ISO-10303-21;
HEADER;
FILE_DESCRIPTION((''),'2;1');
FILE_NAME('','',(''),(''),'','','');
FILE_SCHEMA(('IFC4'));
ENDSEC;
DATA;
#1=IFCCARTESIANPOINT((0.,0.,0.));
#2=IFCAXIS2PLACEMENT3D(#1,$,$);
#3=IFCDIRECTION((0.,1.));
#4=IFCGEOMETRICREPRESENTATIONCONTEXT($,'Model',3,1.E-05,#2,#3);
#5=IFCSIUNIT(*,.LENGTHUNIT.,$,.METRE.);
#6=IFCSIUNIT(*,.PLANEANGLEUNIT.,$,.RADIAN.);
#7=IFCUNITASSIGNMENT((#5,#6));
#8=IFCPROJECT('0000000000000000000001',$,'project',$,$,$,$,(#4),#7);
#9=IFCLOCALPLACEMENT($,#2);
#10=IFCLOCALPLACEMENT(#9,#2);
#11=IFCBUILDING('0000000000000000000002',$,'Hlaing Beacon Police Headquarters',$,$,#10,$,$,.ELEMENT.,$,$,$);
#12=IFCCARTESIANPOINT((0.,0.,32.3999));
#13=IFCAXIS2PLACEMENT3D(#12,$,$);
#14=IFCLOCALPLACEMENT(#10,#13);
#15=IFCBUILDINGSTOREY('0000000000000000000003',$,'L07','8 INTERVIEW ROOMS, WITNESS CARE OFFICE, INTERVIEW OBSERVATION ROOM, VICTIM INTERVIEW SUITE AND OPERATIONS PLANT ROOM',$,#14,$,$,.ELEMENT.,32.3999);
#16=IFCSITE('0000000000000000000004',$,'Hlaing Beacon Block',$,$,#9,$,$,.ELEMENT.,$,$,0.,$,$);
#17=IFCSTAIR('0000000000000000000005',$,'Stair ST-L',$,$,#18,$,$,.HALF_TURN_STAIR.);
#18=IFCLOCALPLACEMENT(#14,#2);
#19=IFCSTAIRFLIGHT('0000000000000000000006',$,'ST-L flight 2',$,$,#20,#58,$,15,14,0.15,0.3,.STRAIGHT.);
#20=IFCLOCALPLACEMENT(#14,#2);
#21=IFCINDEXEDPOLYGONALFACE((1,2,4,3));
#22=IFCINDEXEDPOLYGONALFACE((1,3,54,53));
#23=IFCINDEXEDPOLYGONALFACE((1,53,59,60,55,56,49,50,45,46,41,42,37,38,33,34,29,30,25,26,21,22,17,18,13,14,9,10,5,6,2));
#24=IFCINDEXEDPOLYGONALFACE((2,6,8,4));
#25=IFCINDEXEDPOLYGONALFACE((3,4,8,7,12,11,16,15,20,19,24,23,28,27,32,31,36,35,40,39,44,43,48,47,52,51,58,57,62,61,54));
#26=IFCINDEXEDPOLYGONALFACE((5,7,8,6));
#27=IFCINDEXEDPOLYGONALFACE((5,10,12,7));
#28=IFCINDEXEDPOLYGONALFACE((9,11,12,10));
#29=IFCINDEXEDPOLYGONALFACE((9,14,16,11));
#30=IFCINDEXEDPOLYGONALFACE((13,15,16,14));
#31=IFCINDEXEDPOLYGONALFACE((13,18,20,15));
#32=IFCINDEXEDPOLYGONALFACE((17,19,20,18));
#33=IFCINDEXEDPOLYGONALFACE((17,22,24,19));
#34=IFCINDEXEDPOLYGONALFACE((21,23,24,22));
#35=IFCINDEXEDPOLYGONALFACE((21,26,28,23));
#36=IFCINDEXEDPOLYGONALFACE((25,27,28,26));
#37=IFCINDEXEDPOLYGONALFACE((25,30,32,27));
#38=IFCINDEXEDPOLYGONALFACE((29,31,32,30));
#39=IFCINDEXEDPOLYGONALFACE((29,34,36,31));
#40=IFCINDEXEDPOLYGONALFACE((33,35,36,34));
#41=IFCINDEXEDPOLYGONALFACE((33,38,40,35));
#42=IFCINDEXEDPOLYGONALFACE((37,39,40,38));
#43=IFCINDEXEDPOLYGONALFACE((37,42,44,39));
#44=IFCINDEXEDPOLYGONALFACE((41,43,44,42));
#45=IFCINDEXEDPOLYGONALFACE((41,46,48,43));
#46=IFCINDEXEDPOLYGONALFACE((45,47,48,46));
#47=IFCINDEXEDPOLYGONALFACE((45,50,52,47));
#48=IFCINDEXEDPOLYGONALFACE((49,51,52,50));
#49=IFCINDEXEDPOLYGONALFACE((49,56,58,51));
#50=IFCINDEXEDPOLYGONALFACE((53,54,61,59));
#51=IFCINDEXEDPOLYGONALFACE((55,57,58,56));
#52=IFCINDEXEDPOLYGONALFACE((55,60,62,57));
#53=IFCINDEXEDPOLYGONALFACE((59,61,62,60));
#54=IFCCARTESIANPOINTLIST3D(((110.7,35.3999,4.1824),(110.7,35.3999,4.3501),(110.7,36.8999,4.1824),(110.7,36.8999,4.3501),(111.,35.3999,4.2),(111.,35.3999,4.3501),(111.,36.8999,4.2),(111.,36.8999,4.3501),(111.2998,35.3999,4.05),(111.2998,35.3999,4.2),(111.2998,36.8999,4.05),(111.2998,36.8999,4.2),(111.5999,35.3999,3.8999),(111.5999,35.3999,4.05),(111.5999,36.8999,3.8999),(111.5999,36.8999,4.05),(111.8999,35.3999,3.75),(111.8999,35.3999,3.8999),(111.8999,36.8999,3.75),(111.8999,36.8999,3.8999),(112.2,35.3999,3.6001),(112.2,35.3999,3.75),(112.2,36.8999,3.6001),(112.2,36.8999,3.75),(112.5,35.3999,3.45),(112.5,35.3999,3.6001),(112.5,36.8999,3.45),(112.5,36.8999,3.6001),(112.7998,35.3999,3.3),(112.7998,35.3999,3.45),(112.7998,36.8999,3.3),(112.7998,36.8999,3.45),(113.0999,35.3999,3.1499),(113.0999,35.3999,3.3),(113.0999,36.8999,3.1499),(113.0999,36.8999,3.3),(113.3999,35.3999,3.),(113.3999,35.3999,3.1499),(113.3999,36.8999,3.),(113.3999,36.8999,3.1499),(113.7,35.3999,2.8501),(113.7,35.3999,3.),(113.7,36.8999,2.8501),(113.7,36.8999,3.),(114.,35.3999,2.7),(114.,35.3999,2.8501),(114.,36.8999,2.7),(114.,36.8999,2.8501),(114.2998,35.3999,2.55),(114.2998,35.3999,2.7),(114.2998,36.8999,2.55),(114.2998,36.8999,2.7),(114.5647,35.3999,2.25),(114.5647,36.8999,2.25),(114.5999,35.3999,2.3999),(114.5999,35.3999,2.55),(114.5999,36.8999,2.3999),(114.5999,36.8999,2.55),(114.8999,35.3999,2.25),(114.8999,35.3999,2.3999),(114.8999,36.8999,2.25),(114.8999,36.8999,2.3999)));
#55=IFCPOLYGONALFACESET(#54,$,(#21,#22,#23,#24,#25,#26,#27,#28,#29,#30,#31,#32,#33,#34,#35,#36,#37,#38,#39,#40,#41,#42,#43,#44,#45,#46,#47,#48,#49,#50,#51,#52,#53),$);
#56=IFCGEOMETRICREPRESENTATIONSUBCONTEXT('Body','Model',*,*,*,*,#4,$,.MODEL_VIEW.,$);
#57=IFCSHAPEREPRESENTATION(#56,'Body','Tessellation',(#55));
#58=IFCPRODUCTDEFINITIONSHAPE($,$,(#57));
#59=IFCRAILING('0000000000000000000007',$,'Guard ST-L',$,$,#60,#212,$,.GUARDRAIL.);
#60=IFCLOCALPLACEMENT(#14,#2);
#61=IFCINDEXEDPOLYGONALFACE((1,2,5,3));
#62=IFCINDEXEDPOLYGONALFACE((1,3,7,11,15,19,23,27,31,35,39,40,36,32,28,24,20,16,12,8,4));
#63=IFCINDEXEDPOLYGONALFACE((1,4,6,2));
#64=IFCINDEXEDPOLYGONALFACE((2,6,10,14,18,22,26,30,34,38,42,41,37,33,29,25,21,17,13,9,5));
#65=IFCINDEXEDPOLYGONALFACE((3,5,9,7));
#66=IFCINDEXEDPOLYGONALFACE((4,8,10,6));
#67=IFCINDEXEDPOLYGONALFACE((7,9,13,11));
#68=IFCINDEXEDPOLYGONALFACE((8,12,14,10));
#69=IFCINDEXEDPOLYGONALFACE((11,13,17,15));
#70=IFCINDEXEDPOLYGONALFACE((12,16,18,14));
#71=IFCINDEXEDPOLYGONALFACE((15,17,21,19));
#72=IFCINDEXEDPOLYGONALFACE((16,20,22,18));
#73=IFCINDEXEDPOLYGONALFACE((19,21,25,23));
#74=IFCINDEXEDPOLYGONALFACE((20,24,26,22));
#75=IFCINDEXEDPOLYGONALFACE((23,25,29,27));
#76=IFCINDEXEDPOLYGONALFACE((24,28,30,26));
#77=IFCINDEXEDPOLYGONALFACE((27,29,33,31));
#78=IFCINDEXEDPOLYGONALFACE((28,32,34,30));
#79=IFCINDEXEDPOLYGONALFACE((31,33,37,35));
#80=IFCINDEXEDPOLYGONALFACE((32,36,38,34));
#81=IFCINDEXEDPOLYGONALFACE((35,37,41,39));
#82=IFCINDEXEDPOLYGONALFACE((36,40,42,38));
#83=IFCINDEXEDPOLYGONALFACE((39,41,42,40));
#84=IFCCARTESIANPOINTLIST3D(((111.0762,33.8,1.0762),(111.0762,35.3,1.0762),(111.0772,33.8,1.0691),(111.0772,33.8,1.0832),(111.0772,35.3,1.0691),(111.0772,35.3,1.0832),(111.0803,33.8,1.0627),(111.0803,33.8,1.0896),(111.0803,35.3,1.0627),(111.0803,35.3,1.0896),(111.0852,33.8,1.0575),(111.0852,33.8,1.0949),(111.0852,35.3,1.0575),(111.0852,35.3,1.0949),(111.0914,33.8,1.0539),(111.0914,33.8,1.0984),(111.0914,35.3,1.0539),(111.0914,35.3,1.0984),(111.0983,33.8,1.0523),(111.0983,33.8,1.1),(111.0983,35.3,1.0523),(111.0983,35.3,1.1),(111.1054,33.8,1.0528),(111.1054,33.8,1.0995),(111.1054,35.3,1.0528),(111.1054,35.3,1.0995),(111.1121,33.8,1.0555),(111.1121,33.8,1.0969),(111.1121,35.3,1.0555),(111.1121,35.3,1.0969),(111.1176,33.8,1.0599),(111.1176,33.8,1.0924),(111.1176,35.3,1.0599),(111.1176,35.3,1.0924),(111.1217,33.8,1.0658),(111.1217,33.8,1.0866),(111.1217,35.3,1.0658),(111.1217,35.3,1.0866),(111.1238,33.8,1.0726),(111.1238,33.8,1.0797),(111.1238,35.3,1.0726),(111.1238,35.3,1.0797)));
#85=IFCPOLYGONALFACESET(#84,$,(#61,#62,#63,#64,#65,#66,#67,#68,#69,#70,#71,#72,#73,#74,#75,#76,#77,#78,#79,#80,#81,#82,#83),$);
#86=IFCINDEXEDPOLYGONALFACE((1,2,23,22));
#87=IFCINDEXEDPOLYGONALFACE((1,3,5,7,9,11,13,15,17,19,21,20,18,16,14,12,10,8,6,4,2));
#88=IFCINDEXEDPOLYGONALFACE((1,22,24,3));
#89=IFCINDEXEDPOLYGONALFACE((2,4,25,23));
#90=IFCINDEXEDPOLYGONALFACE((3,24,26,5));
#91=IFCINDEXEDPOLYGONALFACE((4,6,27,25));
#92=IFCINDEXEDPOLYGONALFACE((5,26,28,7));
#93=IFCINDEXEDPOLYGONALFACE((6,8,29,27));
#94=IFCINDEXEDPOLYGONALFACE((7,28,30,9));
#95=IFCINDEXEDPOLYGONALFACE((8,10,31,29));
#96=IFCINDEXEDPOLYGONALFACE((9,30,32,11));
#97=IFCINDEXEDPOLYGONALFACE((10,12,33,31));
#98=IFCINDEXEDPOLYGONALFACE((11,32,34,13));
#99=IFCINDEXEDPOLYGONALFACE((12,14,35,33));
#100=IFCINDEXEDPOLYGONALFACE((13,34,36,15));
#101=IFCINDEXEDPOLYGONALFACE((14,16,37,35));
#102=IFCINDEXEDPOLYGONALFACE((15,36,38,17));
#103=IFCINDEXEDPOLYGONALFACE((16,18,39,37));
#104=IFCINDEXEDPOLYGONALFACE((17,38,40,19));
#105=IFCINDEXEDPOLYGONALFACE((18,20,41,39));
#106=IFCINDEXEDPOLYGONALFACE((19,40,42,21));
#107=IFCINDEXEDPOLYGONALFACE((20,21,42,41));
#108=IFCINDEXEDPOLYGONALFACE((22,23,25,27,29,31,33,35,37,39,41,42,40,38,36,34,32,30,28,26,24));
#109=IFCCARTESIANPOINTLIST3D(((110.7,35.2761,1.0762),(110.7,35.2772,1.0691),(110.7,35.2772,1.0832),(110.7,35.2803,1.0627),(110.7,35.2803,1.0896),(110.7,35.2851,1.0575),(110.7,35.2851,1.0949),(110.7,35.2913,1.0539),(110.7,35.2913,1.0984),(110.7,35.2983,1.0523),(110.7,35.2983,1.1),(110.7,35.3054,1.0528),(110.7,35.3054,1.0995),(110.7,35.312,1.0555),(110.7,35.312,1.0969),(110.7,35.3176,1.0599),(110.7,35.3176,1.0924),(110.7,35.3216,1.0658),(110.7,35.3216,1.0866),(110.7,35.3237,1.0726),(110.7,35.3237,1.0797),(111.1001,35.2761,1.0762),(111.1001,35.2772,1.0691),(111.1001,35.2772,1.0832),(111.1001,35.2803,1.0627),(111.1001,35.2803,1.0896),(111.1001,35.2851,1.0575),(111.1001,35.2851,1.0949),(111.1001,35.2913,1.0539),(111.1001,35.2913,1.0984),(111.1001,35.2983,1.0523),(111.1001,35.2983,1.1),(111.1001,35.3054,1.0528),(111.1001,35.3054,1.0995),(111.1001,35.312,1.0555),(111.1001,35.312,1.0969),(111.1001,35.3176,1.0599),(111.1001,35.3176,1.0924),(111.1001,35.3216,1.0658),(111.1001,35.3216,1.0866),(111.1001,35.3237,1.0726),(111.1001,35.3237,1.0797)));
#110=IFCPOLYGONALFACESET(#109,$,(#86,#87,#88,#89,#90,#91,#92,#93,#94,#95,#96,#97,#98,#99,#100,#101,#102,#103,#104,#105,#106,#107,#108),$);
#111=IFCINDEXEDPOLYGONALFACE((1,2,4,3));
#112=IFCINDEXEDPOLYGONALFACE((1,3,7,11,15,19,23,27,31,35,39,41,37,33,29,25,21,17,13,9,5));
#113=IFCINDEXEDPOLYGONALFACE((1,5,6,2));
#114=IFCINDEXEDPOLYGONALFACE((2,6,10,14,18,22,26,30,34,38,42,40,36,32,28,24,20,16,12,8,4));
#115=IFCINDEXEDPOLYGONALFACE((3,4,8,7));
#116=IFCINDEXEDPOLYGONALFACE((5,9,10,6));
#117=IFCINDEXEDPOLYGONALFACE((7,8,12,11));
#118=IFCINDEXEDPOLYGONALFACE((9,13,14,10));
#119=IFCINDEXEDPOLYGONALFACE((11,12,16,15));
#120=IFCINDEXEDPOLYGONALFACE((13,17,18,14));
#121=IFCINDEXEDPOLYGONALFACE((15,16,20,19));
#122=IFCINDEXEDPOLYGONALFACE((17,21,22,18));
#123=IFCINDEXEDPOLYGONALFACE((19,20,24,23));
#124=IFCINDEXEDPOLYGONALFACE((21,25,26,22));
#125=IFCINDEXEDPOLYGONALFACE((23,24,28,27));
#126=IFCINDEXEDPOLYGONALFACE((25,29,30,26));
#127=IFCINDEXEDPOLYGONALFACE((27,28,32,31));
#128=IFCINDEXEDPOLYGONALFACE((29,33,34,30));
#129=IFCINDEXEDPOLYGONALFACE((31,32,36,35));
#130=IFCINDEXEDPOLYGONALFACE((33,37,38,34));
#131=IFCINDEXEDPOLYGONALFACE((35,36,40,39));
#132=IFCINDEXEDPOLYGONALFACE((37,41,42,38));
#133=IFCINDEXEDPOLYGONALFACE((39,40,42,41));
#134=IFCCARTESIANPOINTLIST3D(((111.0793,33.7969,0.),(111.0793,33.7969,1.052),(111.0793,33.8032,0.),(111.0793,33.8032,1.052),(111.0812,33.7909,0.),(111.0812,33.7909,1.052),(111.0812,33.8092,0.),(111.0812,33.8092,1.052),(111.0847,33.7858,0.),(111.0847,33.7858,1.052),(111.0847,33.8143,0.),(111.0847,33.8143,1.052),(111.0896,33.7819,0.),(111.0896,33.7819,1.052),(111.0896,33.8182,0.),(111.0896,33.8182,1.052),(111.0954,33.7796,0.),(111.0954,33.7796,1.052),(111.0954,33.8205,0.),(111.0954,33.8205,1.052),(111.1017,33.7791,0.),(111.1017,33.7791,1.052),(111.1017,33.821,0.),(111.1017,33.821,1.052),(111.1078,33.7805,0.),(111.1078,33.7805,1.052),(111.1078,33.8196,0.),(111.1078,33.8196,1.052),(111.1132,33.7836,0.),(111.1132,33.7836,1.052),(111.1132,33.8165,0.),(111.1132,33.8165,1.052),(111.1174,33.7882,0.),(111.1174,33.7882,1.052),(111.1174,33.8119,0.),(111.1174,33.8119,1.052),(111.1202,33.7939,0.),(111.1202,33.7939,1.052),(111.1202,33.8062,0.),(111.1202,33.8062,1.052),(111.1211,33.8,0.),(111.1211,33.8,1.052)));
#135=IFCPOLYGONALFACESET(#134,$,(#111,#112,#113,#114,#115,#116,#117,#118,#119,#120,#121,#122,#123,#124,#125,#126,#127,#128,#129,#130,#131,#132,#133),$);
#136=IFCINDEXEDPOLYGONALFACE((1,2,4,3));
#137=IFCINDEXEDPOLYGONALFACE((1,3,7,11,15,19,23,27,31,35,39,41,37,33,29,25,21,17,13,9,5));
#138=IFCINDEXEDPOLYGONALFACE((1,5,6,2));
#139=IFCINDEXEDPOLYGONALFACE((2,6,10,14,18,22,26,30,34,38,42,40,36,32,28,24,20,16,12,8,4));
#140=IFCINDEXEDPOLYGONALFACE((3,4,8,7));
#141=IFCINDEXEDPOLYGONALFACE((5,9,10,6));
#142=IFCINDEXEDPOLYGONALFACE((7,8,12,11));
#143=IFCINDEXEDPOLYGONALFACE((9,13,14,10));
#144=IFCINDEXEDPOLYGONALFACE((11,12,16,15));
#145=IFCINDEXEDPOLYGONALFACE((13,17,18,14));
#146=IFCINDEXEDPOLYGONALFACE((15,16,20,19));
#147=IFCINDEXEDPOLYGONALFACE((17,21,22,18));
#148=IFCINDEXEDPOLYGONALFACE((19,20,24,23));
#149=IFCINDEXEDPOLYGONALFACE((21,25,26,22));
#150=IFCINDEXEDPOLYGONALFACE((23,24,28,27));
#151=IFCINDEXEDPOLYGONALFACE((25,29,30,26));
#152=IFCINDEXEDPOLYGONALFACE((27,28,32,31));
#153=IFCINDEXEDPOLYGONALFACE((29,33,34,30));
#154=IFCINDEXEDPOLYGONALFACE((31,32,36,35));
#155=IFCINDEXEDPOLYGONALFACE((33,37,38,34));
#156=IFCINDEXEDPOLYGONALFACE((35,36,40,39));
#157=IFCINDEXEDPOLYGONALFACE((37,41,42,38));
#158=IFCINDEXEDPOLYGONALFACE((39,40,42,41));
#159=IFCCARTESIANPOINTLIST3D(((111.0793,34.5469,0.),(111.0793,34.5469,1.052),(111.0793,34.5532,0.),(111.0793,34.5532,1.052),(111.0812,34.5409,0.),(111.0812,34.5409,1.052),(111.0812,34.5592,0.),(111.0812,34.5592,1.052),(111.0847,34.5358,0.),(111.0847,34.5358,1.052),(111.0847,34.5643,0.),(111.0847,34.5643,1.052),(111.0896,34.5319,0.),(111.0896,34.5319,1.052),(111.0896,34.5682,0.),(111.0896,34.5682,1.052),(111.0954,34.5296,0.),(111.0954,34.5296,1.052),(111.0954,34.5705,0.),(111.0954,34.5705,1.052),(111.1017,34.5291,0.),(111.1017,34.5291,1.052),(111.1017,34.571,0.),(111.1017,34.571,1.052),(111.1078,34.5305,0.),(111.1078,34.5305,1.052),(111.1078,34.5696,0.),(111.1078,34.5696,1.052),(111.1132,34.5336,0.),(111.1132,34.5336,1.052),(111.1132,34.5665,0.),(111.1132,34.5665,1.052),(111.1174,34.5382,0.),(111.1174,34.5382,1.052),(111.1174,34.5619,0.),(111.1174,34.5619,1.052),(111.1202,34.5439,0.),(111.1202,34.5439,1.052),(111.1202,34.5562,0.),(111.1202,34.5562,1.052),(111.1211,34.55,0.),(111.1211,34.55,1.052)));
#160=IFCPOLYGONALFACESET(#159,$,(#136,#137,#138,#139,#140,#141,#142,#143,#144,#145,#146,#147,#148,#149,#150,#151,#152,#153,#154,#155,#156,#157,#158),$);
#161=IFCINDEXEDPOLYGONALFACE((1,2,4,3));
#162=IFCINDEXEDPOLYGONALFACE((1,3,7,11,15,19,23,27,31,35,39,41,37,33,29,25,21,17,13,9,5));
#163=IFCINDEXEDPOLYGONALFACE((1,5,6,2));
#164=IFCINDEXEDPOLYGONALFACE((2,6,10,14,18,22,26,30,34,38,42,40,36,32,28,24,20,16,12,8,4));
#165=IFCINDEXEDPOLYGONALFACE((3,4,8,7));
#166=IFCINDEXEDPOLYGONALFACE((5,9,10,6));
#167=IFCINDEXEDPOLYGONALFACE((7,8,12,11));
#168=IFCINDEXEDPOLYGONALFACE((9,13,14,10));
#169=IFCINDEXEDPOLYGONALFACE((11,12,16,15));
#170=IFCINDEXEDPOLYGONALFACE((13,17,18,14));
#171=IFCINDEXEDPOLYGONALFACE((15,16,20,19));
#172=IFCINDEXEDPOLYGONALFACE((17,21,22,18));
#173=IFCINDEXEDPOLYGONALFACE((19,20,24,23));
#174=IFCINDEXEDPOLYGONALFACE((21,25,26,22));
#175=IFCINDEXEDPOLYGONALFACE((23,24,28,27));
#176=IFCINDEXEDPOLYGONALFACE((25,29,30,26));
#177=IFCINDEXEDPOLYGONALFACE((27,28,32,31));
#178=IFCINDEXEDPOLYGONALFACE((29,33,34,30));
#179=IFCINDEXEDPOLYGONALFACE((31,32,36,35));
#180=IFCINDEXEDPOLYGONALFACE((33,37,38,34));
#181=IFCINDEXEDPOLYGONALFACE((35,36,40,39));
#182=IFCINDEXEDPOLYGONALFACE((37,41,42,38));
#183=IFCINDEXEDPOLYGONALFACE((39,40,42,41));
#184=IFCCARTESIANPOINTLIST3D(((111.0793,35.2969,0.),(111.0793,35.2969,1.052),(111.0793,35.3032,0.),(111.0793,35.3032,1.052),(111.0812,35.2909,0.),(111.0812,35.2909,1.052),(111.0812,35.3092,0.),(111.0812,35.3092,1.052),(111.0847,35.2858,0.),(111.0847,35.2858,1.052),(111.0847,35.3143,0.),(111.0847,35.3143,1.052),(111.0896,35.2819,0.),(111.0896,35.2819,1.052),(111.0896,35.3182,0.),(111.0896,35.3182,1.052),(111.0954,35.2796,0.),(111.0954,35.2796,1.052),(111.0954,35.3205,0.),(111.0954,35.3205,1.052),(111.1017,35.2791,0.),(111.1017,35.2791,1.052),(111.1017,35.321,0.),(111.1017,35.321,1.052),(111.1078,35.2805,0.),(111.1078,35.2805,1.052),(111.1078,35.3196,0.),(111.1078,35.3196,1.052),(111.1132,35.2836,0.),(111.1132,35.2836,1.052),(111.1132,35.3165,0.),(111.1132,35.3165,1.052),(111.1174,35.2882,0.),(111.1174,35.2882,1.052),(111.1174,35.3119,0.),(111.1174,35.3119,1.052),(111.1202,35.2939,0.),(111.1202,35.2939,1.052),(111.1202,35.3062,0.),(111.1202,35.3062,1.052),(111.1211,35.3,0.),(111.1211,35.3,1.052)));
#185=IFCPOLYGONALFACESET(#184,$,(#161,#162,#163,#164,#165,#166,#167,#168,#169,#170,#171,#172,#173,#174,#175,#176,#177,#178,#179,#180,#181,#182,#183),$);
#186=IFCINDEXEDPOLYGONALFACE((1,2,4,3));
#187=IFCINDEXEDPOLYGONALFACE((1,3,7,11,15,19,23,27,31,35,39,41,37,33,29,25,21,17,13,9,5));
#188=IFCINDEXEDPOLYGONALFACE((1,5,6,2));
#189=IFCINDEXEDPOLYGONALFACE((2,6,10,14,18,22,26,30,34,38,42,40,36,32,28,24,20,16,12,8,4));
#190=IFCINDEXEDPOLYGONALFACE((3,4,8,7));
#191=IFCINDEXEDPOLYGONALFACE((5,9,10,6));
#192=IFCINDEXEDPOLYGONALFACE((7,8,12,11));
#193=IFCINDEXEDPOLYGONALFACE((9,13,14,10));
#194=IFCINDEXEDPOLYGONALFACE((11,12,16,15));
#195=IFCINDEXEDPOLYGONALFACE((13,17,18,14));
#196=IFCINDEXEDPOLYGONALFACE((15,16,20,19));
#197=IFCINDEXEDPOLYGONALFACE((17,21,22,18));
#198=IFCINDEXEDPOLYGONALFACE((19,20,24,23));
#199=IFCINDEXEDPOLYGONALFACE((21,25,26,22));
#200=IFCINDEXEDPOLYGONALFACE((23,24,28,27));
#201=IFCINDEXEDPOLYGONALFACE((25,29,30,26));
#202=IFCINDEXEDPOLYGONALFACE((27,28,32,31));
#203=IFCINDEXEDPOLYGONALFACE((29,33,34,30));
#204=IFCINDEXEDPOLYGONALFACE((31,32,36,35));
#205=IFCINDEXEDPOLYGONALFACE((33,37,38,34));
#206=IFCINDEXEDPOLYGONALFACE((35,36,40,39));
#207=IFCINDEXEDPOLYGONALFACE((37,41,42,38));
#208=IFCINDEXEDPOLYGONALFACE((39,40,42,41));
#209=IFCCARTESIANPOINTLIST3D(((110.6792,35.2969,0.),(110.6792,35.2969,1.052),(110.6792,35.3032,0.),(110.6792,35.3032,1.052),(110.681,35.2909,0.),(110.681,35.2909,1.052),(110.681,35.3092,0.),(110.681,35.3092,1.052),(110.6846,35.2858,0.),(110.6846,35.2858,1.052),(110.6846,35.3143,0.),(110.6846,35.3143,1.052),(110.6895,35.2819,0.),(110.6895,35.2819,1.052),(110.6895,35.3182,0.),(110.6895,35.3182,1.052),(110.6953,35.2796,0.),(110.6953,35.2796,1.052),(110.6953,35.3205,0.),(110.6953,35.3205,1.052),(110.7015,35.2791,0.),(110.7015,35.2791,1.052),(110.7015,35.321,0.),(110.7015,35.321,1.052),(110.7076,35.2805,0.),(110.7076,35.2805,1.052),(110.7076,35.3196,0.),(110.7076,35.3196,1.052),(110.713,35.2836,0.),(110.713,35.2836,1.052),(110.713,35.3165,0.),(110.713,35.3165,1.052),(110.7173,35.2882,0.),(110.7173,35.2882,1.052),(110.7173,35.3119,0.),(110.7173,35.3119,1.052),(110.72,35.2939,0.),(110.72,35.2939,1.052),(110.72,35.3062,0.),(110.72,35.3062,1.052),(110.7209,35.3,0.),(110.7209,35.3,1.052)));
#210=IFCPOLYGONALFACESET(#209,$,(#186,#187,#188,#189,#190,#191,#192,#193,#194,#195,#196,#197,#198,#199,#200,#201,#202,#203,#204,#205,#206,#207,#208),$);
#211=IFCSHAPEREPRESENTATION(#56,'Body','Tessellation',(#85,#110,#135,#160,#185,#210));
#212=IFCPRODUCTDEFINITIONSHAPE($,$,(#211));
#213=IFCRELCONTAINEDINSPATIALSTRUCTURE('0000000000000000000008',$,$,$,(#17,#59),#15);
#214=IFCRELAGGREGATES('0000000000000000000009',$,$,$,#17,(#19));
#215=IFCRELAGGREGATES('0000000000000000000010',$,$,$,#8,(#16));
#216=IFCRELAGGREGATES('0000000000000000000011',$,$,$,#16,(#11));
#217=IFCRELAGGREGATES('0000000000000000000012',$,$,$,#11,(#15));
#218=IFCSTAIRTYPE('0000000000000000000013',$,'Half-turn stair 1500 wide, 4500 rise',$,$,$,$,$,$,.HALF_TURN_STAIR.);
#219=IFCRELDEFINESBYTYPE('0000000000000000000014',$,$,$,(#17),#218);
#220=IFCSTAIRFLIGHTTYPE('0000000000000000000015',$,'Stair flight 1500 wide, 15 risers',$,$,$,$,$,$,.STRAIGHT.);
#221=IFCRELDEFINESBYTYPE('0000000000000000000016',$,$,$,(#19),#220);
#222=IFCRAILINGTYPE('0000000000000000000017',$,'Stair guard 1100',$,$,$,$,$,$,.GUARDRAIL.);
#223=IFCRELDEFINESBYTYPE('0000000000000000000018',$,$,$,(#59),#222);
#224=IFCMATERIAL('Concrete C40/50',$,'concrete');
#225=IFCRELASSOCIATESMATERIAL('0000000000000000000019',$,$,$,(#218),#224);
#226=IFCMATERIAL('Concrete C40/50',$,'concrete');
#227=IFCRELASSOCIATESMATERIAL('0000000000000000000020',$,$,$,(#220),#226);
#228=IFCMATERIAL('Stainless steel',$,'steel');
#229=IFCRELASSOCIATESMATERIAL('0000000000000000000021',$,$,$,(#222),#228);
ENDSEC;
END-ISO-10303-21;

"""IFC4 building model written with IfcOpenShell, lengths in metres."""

from ifc_helpers import new_model, si_unit, direction, frame, origin, origin_2d, place, context, subcontext, project, spatial, polyline, circle, outline, extrude, material, type_object, element, aggregate, save


model = new_model("IFC4")

# Units and contexts
model_context = context("Model", 3, precision=1e-05, world=origin(), true_north=direction((0.0, 1.0)))
body_context = subcontext(model_context, "Body", "Model", "MODEL_VIEW")
ifc_project = project(units=[si_unit("LENGTHUNIT", "METRE"), si_unit("PLANEANGLEUNIT", "RADIAN")], contexts=[model_context])

# Site, building, storey
site_placement = place(None, origin())
site = spatial("IfcSite", under=ifc_project, at=site_placement, Name="Hlaing Beacon Block", CompositionType="ELEMENT", RefElevation=0.0)
building_placement = place(site_placement, origin())
building = spatial("IfcBuilding", under=site, at=building_placement, Name="Hlaing Beacon Police Headquarters", CompositionType="ELEMENT")
storey_placement = place(building_placement, frame((0.0, 0.0, 32.3999)))
storey = spatial("IfcBuildingStorey", under=building, at=storey_placement, Name="L07", Description="8 INTERVIEW ROOMS, WITNESS CARE OFFICE, INTERVIEW OBSERVATION ROOM, VICTIM INTERVIEW SUITE AND OPERATIONS PLANT ROOM", CompositionType="ELEMENT", Elevation=32.3999)

# Stair, stair flight
ifc_material_1 = material(Name="Concrete C40/50", Category="concrete")
stair_type = type_object("IfcStairType", Name="Half-turn stair 1500 wide, 4500 rise", PredefinedType="HALF_TURN_STAIR", material=ifc_material_1)
stair_placement = place(storey_placement, origin())
stair = element("IfcStair", 1, at=stair_placement, inside=storey, type_object=stair_type, Name="Stair ST-L", PredefinedType="HALF_TURN_STAIR")
ifc_material_2 = material(Name="Concrete C40/50", Category="concrete")
stair_flight_type = type_object("IfcStairFlightType", Name="Stair flight 1500 wide, 15 risers", PredefinedType="STRAIGHT", material=ifc_material_2)
stair_flight_placement = place(storey_placement, frame((114.8999, 36.1499, 2.25), z_axis=(0.0, 0.0, 1.0), x_axis=(-1.0, 0.0, 0.0)))
stair_flight = element("IfcStairFlight", 2, at=stair_flight_placement, type_object=stair_flight_type, Name="ST-L flight 2", NumberOfRisers=15, NumberOfTreads=14, PredefinedType="STRAIGHT", RiserHeight=0.15, TreadLength=0.3, context=body_context, shape_type="SweptSolid", body=[
    extrude(outline(polyline([(0.0, 0.0), (0.0, 0.1499), (0.3, 0.1499), (0.3, 0.3), (0.6001, 0.3), (0.6001, 0.45), (0.8999, 0.45), (0.8999, 0.6001), (1.2, 0.6001), (1.2, 0.75), (1.5, 0.75), (1.5, 0.8999), (1.8, 0.8999), (1.8, 1.05), (2.1001, 1.05), (2.1001, 1.2), (2.3999, 1.2), (2.3999, 1.3501), (2.7, 1.3501), (2.7, 1.5), (3.0, 1.5), (3.0, 1.6499), (3.3, 1.6499), (3.3, 1.8), (3.6001, 1.8), (3.6001, 1.95), (3.8999, 1.95), (3.8999, 2.1001), (4.2, 2.1001), (4.2, 2.25), (4.2, 1.9324), (0.3352, 0.0), (0.0, 0.0)])), frame((0.0, 0.75, 0.0), z_axis=(0.0, -1.0, 0.0), x_axis=(1.0, 0.0, 0.0)), (0.0, 0.0, 1.0), 1.5),
])
aggregate(stair, [stair_flight])

# Railing
ifc_material_3 = material(Name="Stainless steel", Category="steel")
railing_type_1 = type_object("IfcRailingType", Name="Stair guard 1100", PredefinedType="GUARDRAIL", material=ifc_material_3)
railing_placement = place(storey_placement, frame((111.1001, 33.8, 0.0)))
element("IfcRailing", 3, at=railing_placement, inside=storey, type_object=railing_type_1, Name="Guard ST-L", PredefinedType="GUARDRAIL", context=body_context, shape_type="SweptSolid", body=[
    extrude(circle(Radius=0.0239, at=origin_2d()), frame((0.0, 0.0, 1.0762), z_axis=(0.0, 1.0, 0.0), x_axis=(-1.0, 0.0, 0.0)), (0.0, 0.0, 1.0), 1.5),
    extrude(circle(Radius=0.0239, at=origin_2d()), frame((0.0, 1.5, 1.0762), z_axis=(-1.0, 0.0, 0.0), x_axis=(0.0, -1.0, 0.0)), (0.0, 0.0, 1.0), 0.4001),
    extrude(circle(Radius=0.021, at=origin_2d()), origin(), (0.0, 0.0, 1.0), 1.052),
    extrude(circle(Radius=0.021, at=origin_2d()), frame((0.0, 0.75, 0.0)), (0.0, 0.0, 1.0), 1.052),
    extrude(circle(Radius=0.021, at=origin_2d()), frame((0.0, 1.5, 0.0)), (0.0, 0.0, 1.0), 1.052),
    extrude(circle(Radius=0.021, at=origin_2d()), frame((-0.4001, 1.5, 0.0)), (0.0, 0.0, 1.0), 1.052),
])

save(model, "model.ifc")
